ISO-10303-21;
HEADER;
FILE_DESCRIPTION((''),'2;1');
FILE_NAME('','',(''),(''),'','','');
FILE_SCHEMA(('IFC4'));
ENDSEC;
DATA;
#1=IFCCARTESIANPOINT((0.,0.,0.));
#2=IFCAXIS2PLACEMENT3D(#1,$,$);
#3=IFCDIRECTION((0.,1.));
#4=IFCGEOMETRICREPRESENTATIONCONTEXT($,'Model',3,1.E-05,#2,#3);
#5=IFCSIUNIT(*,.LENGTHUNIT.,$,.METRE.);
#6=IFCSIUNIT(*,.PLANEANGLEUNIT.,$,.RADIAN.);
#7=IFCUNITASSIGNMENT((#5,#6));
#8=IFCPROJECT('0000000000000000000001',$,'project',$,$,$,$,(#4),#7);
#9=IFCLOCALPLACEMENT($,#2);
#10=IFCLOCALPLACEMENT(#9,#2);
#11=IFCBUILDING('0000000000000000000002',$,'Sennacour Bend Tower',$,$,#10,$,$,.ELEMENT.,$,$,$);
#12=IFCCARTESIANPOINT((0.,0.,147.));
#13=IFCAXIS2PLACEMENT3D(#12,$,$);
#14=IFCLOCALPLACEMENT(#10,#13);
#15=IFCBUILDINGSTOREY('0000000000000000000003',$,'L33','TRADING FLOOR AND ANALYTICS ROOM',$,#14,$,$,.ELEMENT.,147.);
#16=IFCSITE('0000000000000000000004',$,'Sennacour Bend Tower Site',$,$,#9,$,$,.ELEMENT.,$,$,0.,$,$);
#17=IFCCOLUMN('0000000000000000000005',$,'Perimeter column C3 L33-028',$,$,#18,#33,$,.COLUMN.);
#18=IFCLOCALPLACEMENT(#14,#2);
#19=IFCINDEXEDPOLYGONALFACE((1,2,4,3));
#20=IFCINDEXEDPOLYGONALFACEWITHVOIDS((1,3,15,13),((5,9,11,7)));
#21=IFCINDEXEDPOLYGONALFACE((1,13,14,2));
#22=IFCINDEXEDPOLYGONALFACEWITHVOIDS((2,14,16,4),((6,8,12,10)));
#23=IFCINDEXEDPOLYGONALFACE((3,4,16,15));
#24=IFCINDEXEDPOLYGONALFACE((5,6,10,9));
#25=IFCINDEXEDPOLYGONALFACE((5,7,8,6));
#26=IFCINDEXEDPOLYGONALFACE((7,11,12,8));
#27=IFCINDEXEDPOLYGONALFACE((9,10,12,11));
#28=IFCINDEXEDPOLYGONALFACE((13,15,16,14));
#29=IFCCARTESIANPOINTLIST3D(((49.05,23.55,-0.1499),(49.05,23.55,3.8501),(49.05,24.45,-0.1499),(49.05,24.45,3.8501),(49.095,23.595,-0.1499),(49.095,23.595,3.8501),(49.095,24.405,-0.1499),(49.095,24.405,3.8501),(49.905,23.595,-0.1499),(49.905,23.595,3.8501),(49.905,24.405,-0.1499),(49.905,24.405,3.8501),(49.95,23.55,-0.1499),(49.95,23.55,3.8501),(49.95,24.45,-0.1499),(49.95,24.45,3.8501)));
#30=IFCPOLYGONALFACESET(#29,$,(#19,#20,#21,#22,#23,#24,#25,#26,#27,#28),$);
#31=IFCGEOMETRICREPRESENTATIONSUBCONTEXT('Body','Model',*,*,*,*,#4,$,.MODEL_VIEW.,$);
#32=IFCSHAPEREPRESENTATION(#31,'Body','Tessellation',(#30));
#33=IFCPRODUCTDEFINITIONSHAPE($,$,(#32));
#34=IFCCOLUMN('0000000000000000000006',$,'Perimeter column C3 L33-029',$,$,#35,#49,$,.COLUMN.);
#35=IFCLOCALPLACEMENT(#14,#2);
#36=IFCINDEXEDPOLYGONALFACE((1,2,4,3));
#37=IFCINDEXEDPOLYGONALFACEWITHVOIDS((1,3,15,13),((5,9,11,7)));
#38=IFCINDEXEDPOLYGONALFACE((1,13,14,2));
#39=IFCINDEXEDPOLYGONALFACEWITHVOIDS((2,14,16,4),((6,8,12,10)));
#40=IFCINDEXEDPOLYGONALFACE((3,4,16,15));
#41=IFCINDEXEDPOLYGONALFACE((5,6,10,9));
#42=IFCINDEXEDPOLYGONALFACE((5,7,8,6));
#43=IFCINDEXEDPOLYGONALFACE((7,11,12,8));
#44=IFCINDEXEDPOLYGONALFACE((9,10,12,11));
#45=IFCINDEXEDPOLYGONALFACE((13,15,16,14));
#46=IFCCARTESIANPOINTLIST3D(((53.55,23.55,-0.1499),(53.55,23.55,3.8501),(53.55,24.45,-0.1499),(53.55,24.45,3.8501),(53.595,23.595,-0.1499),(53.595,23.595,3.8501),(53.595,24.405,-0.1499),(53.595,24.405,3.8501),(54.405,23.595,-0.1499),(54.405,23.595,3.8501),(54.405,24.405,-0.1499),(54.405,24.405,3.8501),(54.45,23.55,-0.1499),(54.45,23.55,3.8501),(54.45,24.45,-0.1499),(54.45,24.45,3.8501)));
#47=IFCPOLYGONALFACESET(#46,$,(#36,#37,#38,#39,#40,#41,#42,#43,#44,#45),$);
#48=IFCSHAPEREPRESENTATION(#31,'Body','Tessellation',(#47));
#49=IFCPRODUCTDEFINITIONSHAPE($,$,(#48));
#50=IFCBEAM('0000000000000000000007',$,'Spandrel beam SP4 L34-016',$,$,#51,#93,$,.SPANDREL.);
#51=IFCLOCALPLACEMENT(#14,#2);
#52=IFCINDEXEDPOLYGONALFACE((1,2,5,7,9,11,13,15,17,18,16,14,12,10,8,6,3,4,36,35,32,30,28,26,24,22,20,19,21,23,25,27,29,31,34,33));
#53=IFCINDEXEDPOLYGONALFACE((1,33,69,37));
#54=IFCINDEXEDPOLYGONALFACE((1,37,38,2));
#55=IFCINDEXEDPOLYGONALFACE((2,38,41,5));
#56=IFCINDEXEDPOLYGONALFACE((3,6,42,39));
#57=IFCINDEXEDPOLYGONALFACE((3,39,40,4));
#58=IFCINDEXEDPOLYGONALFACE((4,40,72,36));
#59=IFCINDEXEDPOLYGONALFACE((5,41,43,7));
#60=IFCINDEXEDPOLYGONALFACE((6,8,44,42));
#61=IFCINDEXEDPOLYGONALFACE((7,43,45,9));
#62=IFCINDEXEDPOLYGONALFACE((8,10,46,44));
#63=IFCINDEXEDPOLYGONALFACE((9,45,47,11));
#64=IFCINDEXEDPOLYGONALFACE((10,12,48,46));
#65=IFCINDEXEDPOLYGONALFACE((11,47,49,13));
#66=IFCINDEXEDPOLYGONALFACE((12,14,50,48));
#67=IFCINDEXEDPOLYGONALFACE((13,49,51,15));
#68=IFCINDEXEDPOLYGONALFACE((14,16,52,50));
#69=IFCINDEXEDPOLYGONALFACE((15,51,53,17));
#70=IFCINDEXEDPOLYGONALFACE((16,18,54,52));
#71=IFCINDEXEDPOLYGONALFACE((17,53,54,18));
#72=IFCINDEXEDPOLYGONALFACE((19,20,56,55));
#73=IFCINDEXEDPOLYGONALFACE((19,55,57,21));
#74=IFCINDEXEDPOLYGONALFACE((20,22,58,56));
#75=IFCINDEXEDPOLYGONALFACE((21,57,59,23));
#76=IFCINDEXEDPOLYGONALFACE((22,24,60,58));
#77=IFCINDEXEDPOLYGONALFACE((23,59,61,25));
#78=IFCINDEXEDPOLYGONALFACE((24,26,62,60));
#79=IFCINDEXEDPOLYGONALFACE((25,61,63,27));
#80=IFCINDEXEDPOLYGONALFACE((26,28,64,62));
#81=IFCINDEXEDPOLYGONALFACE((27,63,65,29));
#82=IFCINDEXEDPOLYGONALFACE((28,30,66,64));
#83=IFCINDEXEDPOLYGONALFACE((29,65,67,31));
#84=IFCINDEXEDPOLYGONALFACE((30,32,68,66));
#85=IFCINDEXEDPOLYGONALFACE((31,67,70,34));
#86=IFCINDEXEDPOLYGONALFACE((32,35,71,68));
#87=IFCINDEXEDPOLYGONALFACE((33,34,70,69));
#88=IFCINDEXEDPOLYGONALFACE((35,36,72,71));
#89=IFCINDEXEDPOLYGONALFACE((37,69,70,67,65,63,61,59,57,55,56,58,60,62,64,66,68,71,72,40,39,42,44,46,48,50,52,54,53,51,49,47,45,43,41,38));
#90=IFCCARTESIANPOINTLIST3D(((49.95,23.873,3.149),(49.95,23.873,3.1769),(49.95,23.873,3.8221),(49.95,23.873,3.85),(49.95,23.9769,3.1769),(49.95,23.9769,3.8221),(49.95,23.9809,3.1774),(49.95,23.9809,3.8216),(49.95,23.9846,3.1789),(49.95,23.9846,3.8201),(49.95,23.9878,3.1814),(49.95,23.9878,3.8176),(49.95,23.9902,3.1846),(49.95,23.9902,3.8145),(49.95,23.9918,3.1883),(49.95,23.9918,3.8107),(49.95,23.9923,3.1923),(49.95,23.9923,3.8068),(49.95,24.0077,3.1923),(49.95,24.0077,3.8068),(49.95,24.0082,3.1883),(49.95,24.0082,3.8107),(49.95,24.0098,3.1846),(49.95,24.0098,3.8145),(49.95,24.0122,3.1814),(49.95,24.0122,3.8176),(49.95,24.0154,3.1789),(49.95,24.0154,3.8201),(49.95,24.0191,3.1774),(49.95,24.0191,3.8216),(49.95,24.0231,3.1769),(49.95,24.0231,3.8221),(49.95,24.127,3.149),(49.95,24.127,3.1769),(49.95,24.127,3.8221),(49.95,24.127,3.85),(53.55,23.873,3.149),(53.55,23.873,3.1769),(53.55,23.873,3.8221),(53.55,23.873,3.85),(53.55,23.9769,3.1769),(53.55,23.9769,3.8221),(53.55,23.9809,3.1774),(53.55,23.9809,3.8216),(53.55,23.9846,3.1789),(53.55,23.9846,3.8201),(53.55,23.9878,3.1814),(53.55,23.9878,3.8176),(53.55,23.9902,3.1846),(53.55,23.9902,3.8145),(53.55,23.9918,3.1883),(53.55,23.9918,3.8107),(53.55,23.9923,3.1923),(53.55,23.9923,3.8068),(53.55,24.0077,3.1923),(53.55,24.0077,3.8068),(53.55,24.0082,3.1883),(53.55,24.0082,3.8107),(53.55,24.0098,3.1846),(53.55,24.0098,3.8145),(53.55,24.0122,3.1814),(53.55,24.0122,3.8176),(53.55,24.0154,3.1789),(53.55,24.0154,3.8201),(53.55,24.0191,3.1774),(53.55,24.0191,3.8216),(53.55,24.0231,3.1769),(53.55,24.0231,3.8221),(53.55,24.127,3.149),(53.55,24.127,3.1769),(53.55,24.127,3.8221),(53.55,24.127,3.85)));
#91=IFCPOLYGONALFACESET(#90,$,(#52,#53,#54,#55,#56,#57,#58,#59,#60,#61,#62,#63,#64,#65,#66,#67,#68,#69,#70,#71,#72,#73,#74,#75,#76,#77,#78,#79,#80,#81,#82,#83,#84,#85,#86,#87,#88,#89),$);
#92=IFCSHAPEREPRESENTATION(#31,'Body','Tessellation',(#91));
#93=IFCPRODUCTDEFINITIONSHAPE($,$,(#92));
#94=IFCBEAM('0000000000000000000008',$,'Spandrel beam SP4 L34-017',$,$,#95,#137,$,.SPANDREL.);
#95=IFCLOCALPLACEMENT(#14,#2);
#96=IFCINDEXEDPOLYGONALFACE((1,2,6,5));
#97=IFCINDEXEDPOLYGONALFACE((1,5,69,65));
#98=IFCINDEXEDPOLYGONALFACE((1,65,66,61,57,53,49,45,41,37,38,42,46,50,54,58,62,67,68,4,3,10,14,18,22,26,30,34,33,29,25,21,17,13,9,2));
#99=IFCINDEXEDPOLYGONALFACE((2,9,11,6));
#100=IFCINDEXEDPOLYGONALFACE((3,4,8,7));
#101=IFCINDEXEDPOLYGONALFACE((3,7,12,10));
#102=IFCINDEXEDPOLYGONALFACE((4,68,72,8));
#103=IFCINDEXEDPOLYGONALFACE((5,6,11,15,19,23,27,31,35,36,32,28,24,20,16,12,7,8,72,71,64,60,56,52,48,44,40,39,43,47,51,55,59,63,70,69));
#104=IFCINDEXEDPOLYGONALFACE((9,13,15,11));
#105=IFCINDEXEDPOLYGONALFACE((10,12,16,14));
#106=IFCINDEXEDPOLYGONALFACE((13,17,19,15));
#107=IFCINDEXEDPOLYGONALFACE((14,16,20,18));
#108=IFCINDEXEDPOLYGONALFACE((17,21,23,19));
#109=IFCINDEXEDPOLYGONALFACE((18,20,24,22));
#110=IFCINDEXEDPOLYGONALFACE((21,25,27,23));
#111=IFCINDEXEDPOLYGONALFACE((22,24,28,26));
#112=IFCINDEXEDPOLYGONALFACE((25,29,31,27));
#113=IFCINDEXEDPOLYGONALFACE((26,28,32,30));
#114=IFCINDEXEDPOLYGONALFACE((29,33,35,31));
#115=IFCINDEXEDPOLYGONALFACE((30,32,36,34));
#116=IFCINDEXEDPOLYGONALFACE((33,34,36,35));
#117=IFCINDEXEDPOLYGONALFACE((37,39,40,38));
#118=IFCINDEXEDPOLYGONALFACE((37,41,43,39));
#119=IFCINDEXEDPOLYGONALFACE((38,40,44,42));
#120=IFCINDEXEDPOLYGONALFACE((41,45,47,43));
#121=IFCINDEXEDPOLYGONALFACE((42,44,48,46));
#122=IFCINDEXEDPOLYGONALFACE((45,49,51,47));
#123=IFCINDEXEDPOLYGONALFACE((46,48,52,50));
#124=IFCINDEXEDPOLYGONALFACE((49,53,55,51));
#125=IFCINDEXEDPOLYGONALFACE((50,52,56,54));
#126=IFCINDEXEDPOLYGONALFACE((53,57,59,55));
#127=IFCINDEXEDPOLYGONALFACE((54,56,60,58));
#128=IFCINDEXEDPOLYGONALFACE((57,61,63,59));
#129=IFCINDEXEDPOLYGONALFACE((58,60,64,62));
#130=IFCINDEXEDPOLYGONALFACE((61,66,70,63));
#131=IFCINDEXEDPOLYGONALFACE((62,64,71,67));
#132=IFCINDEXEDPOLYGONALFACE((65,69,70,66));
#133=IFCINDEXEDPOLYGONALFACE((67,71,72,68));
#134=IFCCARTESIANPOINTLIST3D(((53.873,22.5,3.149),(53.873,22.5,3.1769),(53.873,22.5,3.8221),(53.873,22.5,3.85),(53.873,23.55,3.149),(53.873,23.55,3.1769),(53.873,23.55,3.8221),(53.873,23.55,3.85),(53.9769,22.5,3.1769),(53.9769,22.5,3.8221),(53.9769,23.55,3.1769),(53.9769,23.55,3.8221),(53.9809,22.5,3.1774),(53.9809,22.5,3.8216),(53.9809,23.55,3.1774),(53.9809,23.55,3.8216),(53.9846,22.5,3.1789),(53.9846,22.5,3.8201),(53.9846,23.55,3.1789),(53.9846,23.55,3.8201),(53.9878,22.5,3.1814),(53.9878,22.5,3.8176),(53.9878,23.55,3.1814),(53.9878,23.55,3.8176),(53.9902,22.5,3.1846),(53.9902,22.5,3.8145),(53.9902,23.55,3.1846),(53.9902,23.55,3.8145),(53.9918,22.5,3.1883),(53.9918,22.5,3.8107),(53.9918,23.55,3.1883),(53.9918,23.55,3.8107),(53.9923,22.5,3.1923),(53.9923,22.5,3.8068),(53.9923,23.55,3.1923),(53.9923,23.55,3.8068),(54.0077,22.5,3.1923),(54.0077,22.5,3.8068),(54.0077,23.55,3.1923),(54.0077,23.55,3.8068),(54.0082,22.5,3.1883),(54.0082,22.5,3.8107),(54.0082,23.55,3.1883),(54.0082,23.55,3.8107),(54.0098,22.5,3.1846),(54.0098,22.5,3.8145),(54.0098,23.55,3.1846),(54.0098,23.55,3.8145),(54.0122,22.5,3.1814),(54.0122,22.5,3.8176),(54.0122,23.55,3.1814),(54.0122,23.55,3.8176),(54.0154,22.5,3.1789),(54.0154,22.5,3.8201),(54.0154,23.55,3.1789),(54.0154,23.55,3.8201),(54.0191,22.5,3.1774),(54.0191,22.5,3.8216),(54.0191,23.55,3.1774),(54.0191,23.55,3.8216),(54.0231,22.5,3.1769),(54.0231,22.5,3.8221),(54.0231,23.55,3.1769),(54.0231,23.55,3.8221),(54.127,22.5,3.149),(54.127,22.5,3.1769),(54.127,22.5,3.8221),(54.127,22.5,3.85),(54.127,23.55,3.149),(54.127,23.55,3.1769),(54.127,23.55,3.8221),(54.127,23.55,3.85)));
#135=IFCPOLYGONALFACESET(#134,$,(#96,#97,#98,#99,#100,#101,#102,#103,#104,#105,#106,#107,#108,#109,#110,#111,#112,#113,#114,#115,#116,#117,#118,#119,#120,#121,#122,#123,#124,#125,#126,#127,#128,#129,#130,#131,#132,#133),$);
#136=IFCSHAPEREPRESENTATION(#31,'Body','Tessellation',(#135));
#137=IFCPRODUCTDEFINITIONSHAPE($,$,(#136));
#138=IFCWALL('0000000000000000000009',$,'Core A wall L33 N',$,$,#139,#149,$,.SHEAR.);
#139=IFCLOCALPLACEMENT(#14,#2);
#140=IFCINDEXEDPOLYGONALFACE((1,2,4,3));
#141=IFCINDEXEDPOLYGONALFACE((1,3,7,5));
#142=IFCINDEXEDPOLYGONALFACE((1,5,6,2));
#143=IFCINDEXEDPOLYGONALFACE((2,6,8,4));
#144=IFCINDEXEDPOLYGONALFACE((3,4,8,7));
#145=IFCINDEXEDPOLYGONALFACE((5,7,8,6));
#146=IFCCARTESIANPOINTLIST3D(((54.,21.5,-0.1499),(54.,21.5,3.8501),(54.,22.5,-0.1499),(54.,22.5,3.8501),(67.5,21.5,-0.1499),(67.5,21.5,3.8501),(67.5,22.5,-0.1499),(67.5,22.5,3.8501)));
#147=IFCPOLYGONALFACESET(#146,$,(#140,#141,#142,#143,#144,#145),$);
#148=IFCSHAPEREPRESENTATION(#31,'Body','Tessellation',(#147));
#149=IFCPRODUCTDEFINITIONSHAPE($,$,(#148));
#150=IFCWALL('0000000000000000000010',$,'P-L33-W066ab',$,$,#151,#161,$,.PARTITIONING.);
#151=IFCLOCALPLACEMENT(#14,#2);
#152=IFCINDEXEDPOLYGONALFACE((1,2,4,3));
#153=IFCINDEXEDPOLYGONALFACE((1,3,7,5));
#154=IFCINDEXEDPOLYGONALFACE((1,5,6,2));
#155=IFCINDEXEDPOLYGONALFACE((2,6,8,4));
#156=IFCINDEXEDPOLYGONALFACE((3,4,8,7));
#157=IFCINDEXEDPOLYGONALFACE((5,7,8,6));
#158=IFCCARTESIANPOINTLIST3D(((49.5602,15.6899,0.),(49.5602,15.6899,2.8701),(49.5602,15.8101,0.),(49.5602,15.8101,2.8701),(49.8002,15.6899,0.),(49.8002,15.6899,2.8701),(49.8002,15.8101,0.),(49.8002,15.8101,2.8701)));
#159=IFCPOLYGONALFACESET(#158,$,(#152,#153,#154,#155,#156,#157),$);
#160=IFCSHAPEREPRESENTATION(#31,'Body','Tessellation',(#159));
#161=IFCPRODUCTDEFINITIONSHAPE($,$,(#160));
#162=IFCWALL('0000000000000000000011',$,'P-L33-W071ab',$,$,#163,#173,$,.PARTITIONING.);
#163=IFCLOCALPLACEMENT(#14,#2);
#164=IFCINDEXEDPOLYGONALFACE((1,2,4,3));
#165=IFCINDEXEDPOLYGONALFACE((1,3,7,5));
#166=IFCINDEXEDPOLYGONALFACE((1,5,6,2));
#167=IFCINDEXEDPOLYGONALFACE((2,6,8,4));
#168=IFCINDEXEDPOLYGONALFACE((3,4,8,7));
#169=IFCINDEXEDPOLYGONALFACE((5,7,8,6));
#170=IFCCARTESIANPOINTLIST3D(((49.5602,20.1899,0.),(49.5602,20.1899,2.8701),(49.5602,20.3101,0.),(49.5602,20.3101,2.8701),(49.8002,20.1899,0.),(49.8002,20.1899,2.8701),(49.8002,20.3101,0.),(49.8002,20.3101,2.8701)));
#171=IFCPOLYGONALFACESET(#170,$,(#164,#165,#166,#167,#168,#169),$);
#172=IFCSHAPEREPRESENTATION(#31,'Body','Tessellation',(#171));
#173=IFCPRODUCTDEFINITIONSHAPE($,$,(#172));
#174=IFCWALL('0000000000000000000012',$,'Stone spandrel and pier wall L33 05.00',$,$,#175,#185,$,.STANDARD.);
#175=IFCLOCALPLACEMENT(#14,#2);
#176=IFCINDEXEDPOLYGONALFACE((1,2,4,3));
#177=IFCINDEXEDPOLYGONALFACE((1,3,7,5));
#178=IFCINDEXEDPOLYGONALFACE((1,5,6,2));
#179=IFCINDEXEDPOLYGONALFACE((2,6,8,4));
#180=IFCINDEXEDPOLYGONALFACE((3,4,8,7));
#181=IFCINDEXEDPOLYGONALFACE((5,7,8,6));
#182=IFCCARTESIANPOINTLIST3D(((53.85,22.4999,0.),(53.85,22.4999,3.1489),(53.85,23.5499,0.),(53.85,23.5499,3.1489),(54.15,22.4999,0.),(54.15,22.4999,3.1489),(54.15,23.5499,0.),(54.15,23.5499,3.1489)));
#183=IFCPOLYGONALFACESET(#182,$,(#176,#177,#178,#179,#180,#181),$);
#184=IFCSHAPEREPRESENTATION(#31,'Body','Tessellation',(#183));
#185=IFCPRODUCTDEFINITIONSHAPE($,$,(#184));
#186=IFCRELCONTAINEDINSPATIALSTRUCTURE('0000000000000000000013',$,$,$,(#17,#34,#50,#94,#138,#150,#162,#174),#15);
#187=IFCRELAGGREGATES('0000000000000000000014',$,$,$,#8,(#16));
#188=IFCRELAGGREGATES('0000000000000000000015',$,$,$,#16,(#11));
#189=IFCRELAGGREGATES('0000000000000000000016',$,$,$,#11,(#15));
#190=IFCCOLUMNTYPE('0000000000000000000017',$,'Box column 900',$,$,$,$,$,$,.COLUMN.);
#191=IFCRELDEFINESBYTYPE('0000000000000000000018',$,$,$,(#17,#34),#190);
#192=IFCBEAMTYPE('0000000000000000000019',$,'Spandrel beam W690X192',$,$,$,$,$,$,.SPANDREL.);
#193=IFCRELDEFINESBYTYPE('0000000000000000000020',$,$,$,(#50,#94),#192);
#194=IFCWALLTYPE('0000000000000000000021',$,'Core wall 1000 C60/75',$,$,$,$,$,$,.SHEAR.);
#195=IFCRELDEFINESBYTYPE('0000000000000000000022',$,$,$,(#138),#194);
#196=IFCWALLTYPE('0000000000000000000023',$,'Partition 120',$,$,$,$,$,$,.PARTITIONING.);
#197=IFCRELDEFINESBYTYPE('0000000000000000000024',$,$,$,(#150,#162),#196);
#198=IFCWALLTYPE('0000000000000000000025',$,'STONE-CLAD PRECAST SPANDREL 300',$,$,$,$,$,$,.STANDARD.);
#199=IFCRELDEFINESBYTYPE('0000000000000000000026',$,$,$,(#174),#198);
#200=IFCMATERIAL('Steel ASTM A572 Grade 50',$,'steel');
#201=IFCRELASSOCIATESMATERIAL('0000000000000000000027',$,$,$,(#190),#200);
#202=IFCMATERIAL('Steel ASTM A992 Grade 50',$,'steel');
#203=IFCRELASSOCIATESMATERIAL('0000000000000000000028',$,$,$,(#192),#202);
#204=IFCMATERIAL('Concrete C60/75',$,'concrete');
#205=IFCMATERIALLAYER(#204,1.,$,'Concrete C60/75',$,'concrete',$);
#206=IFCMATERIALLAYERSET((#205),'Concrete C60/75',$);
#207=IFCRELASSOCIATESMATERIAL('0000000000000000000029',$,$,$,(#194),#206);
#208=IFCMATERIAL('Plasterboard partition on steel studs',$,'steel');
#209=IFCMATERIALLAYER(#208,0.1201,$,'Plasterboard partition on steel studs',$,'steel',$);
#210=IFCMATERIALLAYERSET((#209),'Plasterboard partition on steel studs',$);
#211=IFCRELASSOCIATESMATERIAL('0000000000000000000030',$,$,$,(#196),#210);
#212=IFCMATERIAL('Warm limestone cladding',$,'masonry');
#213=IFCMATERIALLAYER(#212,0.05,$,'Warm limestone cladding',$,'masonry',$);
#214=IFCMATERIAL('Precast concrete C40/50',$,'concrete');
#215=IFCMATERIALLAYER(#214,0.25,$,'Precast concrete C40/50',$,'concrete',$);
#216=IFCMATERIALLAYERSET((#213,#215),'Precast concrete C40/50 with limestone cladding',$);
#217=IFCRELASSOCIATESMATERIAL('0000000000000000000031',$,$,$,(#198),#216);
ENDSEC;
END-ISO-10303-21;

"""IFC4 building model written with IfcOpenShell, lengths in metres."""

from ifc_helpers import new_model, si_unit, direction, frame, frame_2d, origin, origin_2d, place, context, subcontext, project, spatial, rectangle, hollow_rectangle, i_section, extrude, material, layer, layer_set, material_profile, profile_set, type_object, element, save


model = new_model("IFC4")

# Units and contexts
model_context = context("Model", 3, precision=1e-05, world=origin(), true_north=direction((0.0, 1.0)))
body_context = subcontext(model_context, "Body", "Model", "MODEL_VIEW")
ifc_project = project(units=[si_unit("LENGTHUNIT", "METRE"), si_unit("PLANEANGLEUNIT", "RADIAN")], contexts=[model_context])

# Site, building, storey
site_placement = place(None, origin())
site = spatial("IfcSite", under=ifc_project, at=site_placement, Name="Sennacour Bend Tower Site", CompositionType="ELEMENT", RefElevation=0.0)
building_placement = place(site_placement, origin())
building = spatial("IfcBuilding", under=site, at=building_placement, Name="Sennacour Bend Tower", CompositionType="ELEMENT")
storey_placement = place(building_placement, frame((0.0, 0.0, 147.0)))
storey = spatial("IfcBuildingStorey", under=building, at=storey_placement, Name="L33", Description="TRADING FLOOR AND ANALYTICS ROOM", CompositionType="ELEMENT", Elevation=147.0)

# Columns
ifc_material_1 = material(Name="Steel ASTM A572 Grade 50", Category="steel")
ifc_material_profile_1 = material_profile(ifc_material_1, hollow_rectangle(XDim=0.8999, YDim=0.8999, WallThickness=0.0449, at=origin_2d()), Name="Steel ASTM A572 Grade 50", Category="steel")
ifc_profile_set_1 = profile_set([ifc_material_profile_1], Name="Steel ASTM A572 Grade 50")
column_type = type_object("IfcColumnType", Name="Box column 900", PredefinedType="COLUMN", material=ifc_profile_set_1)
for number, where, z_axis, x_axis, name in (
    (1, (49.5, 24.0, -0.1499), (0.0, 0.0, 1.0), (1.0, 0.0, 0.0), "Perimeter column C3 L33-028"),
    (2, (54.0, 24.0, -0.1499), (0.0, 0.0, 1.0), (1.0, 0.0, 0.0), "Perimeter column C3 L33-029"),
):
    element("IfcColumn", number, at=place(storey_placement, frame(where, z_axis=z_axis, x_axis=x_axis)), inside=storey, type_object=column_type, Name=name, PredefinedType="COLUMN", context=body_context, shape_type="SweptSolid", body=[
        extrude(hollow_rectangle(XDim=0.8999, YDim=0.8999, WallThickness=0.0449, at=origin_2d()), origin(), (0.0, 0.0, 1.0), 4.0),
    ])

# Beams
ifc_material_2 = material(Name="Steel ASTM A992 Grade 50", Category="steel")
ifc_material_profile_2 = material_profile(ifc_material_2, i_section(OverallWidth=0.2539, OverallDepth=0.7009, WebThickness=0.0154, FlangeThickness=0.0278, FilletRadius=0.0154, at=origin_2d()), Name="Steel ASTM A992 Grade 50", Category="steel")
ifc_profile_set_2 = profile_set([ifc_material_profile_2], Name="Steel ASTM A992 Grade 50")
beam_type = type_object("IfcBeamType", Name="Spandrel beam W690X192", PredefinedType="SPANDREL", material=ifc_profile_set_2)
beam_1_placement = place(storey_placement, frame((49.95, 24.0, 3.4995), z_axis=(1.0, 0.0, 0.0), x_axis=(0.0, 1.0, 0.0)))
element("IfcBeam", 3, at=beam_1_placement, inside=storey, type_object=beam_type, Name="Spandrel beam SP4 L34-016", PredefinedType="SPANDREL", context=body_context, shape_type="SweptSolid", body=[
    extrude(i_section(OverallWidth=0.2539, OverallDepth=0.7009, WebThickness=0.0154, FlangeThickness=0.0278, FilletRadius=0.0154, at=origin_2d()), origin(), (0.0, 0.0, 1.0), 3.6001),
])
beam_2_placement = place(storey_placement, frame((54.0, 23.55, 3.4995), z_axis=(0.0, -1.0, 0.0), x_axis=(1.0, 0.0, 0.0)))
element("IfcBeam", 4, at=beam_2_placement, inside=storey, type_object=beam_type, Name="Spandrel beam SP4 L34-017", PredefinedType="SPANDREL", context=body_context, shape_type="SweptSolid", body=[
    extrude(i_section(OverallWidth=0.2539, OverallDepth=0.7009, WebThickness=0.0154, FlangeThickness=0.0278, FilletRadius=0.0154, at=origin_2d()), origin(), (0.0, 0.0, 1.0), 1.05),
])

# Walls
ifc_material_3 = material(Name="Concrete C60/75", Category="concrete")
ifc_layer_1 = layer(ifc_material_3, 1.0, Name="Concrete C60/75", Category="concrete")
ifc_layer_set_1 = layer_set([ifc_layer_1], Name="Concrete C60/75")
wall_type_1 = type_object("IfcWallType", Name="Core wall 1000 C60/75", PredefinedType="SHEAR", material=ifc_layer_set_1)
wall_1_placement = place(storey_placement, frame((54.0, 22.0, -0.1499), z_axis=(0.0, 0.0, 1.0), x_axis=(1.0, 0.0, 0.0)))
element("IfcWall", 5, at=wall_1_placement, inside=storey, type_object=wall_type_1, Name="Core A wall L33 N", PredefinedType="SHEAR", context=body_context, shape_type="SweptSolid", body=[
    extrude(rectangle(XDim=13.5, YDim=1.0, at=frame_2d((6.75, 0.0))), origin(), (0.0, 0.0, 1.0), 4.0),
])
ifc_material_4 = material(Name="Plasterboard partition on steel studs", Category="steel")
ifc_layer_2 = layer(ifc_material_4, 0.1201, Name="Plasterboard partition on steel studs", Category="steel")
ifc_layer_set_2 = layer_set([ifc_layer_2], Name="Plasterboard partition on steel studs")
wall_type_2 = type_object("IfcWallType", Name="Partition 120", PredefinedType="PARTITIONING", material=ifc_layer_set_2)
for number, where, z_axis, x_axis, name in (
    (6, (49.5601, 15.75, 0.0), (0.0, 0.0, 1.0), (1.0, 0.0, 0.0), "P-L33-W066ab"),
    (7, (49.5601, 20.25, 0.0), (0.0, 0.0, 1.0), (1.0, 0.0, 0.0), "P-L33-W071ab"),
):
    element("IfcWall", number, at=place(storey_placement, frame(where, z_axis=z_axis, x_axis=x_axis)), inside=storey, type_object=wall_type_2, Name=name, PredefinedType="PARTITIONING", context=body_context, shape_type="SweptSolid", body=[
        extrude(rectangle(XDim=0.24, YDim=0.1201, at=frame_2d((0.1201, 0.0))), origin(), (0.0, 0.0, 1.0), 2.8701),
    ])
ifc_material_5 = material(Name="Warm limestone cladding", Category="masonry")
ifc_layer_3 = layer(ifc_material_5, 0.05, Name="Warm limestone cladding", Category="masonry")
ifc_material_6 = material(Name="Precast concrete C40/50", Category="concrete")
ifc_layer_4 = layer(ifc_material_6, 0.25, Name="Precast concrete C40/50", Category="concrete")
ifc_layer_set_3 = layer_set([ifc_layer_3, ifc_layer_4], Name="Precast concrete C40/50 with limestone cladding")
wall_type_3 = type_object("IfcWallType", Name="STONE-CLAD PRECAST SPANDREL 300", PredefinedType="STANDARD", material=ifc_layer_set_3)
wall_2_placement = place(storey_placement, frame((54.0, 22.5, 0.0), z_axis=(0.0, 0.0, 1.0), x_axis=(0.0, 1.0, 0.0)))
element("IfcWall", 8, at=wall_2_placement, inside=storey, type_object=wall_type_3, Name="Stone spandrel and pier wall L33 05.00", PredefinedType="STANDARD", context=body_context, shape_type="SweptSolid", body=[
    extrude(rectangle(XDim=1.05, YDim=0.3, at=frame_2d((0.5249, 0.0))), origin(), (0.0, 0.0, 1.0), 3.1489),
])

save(model, "model.ifc")
